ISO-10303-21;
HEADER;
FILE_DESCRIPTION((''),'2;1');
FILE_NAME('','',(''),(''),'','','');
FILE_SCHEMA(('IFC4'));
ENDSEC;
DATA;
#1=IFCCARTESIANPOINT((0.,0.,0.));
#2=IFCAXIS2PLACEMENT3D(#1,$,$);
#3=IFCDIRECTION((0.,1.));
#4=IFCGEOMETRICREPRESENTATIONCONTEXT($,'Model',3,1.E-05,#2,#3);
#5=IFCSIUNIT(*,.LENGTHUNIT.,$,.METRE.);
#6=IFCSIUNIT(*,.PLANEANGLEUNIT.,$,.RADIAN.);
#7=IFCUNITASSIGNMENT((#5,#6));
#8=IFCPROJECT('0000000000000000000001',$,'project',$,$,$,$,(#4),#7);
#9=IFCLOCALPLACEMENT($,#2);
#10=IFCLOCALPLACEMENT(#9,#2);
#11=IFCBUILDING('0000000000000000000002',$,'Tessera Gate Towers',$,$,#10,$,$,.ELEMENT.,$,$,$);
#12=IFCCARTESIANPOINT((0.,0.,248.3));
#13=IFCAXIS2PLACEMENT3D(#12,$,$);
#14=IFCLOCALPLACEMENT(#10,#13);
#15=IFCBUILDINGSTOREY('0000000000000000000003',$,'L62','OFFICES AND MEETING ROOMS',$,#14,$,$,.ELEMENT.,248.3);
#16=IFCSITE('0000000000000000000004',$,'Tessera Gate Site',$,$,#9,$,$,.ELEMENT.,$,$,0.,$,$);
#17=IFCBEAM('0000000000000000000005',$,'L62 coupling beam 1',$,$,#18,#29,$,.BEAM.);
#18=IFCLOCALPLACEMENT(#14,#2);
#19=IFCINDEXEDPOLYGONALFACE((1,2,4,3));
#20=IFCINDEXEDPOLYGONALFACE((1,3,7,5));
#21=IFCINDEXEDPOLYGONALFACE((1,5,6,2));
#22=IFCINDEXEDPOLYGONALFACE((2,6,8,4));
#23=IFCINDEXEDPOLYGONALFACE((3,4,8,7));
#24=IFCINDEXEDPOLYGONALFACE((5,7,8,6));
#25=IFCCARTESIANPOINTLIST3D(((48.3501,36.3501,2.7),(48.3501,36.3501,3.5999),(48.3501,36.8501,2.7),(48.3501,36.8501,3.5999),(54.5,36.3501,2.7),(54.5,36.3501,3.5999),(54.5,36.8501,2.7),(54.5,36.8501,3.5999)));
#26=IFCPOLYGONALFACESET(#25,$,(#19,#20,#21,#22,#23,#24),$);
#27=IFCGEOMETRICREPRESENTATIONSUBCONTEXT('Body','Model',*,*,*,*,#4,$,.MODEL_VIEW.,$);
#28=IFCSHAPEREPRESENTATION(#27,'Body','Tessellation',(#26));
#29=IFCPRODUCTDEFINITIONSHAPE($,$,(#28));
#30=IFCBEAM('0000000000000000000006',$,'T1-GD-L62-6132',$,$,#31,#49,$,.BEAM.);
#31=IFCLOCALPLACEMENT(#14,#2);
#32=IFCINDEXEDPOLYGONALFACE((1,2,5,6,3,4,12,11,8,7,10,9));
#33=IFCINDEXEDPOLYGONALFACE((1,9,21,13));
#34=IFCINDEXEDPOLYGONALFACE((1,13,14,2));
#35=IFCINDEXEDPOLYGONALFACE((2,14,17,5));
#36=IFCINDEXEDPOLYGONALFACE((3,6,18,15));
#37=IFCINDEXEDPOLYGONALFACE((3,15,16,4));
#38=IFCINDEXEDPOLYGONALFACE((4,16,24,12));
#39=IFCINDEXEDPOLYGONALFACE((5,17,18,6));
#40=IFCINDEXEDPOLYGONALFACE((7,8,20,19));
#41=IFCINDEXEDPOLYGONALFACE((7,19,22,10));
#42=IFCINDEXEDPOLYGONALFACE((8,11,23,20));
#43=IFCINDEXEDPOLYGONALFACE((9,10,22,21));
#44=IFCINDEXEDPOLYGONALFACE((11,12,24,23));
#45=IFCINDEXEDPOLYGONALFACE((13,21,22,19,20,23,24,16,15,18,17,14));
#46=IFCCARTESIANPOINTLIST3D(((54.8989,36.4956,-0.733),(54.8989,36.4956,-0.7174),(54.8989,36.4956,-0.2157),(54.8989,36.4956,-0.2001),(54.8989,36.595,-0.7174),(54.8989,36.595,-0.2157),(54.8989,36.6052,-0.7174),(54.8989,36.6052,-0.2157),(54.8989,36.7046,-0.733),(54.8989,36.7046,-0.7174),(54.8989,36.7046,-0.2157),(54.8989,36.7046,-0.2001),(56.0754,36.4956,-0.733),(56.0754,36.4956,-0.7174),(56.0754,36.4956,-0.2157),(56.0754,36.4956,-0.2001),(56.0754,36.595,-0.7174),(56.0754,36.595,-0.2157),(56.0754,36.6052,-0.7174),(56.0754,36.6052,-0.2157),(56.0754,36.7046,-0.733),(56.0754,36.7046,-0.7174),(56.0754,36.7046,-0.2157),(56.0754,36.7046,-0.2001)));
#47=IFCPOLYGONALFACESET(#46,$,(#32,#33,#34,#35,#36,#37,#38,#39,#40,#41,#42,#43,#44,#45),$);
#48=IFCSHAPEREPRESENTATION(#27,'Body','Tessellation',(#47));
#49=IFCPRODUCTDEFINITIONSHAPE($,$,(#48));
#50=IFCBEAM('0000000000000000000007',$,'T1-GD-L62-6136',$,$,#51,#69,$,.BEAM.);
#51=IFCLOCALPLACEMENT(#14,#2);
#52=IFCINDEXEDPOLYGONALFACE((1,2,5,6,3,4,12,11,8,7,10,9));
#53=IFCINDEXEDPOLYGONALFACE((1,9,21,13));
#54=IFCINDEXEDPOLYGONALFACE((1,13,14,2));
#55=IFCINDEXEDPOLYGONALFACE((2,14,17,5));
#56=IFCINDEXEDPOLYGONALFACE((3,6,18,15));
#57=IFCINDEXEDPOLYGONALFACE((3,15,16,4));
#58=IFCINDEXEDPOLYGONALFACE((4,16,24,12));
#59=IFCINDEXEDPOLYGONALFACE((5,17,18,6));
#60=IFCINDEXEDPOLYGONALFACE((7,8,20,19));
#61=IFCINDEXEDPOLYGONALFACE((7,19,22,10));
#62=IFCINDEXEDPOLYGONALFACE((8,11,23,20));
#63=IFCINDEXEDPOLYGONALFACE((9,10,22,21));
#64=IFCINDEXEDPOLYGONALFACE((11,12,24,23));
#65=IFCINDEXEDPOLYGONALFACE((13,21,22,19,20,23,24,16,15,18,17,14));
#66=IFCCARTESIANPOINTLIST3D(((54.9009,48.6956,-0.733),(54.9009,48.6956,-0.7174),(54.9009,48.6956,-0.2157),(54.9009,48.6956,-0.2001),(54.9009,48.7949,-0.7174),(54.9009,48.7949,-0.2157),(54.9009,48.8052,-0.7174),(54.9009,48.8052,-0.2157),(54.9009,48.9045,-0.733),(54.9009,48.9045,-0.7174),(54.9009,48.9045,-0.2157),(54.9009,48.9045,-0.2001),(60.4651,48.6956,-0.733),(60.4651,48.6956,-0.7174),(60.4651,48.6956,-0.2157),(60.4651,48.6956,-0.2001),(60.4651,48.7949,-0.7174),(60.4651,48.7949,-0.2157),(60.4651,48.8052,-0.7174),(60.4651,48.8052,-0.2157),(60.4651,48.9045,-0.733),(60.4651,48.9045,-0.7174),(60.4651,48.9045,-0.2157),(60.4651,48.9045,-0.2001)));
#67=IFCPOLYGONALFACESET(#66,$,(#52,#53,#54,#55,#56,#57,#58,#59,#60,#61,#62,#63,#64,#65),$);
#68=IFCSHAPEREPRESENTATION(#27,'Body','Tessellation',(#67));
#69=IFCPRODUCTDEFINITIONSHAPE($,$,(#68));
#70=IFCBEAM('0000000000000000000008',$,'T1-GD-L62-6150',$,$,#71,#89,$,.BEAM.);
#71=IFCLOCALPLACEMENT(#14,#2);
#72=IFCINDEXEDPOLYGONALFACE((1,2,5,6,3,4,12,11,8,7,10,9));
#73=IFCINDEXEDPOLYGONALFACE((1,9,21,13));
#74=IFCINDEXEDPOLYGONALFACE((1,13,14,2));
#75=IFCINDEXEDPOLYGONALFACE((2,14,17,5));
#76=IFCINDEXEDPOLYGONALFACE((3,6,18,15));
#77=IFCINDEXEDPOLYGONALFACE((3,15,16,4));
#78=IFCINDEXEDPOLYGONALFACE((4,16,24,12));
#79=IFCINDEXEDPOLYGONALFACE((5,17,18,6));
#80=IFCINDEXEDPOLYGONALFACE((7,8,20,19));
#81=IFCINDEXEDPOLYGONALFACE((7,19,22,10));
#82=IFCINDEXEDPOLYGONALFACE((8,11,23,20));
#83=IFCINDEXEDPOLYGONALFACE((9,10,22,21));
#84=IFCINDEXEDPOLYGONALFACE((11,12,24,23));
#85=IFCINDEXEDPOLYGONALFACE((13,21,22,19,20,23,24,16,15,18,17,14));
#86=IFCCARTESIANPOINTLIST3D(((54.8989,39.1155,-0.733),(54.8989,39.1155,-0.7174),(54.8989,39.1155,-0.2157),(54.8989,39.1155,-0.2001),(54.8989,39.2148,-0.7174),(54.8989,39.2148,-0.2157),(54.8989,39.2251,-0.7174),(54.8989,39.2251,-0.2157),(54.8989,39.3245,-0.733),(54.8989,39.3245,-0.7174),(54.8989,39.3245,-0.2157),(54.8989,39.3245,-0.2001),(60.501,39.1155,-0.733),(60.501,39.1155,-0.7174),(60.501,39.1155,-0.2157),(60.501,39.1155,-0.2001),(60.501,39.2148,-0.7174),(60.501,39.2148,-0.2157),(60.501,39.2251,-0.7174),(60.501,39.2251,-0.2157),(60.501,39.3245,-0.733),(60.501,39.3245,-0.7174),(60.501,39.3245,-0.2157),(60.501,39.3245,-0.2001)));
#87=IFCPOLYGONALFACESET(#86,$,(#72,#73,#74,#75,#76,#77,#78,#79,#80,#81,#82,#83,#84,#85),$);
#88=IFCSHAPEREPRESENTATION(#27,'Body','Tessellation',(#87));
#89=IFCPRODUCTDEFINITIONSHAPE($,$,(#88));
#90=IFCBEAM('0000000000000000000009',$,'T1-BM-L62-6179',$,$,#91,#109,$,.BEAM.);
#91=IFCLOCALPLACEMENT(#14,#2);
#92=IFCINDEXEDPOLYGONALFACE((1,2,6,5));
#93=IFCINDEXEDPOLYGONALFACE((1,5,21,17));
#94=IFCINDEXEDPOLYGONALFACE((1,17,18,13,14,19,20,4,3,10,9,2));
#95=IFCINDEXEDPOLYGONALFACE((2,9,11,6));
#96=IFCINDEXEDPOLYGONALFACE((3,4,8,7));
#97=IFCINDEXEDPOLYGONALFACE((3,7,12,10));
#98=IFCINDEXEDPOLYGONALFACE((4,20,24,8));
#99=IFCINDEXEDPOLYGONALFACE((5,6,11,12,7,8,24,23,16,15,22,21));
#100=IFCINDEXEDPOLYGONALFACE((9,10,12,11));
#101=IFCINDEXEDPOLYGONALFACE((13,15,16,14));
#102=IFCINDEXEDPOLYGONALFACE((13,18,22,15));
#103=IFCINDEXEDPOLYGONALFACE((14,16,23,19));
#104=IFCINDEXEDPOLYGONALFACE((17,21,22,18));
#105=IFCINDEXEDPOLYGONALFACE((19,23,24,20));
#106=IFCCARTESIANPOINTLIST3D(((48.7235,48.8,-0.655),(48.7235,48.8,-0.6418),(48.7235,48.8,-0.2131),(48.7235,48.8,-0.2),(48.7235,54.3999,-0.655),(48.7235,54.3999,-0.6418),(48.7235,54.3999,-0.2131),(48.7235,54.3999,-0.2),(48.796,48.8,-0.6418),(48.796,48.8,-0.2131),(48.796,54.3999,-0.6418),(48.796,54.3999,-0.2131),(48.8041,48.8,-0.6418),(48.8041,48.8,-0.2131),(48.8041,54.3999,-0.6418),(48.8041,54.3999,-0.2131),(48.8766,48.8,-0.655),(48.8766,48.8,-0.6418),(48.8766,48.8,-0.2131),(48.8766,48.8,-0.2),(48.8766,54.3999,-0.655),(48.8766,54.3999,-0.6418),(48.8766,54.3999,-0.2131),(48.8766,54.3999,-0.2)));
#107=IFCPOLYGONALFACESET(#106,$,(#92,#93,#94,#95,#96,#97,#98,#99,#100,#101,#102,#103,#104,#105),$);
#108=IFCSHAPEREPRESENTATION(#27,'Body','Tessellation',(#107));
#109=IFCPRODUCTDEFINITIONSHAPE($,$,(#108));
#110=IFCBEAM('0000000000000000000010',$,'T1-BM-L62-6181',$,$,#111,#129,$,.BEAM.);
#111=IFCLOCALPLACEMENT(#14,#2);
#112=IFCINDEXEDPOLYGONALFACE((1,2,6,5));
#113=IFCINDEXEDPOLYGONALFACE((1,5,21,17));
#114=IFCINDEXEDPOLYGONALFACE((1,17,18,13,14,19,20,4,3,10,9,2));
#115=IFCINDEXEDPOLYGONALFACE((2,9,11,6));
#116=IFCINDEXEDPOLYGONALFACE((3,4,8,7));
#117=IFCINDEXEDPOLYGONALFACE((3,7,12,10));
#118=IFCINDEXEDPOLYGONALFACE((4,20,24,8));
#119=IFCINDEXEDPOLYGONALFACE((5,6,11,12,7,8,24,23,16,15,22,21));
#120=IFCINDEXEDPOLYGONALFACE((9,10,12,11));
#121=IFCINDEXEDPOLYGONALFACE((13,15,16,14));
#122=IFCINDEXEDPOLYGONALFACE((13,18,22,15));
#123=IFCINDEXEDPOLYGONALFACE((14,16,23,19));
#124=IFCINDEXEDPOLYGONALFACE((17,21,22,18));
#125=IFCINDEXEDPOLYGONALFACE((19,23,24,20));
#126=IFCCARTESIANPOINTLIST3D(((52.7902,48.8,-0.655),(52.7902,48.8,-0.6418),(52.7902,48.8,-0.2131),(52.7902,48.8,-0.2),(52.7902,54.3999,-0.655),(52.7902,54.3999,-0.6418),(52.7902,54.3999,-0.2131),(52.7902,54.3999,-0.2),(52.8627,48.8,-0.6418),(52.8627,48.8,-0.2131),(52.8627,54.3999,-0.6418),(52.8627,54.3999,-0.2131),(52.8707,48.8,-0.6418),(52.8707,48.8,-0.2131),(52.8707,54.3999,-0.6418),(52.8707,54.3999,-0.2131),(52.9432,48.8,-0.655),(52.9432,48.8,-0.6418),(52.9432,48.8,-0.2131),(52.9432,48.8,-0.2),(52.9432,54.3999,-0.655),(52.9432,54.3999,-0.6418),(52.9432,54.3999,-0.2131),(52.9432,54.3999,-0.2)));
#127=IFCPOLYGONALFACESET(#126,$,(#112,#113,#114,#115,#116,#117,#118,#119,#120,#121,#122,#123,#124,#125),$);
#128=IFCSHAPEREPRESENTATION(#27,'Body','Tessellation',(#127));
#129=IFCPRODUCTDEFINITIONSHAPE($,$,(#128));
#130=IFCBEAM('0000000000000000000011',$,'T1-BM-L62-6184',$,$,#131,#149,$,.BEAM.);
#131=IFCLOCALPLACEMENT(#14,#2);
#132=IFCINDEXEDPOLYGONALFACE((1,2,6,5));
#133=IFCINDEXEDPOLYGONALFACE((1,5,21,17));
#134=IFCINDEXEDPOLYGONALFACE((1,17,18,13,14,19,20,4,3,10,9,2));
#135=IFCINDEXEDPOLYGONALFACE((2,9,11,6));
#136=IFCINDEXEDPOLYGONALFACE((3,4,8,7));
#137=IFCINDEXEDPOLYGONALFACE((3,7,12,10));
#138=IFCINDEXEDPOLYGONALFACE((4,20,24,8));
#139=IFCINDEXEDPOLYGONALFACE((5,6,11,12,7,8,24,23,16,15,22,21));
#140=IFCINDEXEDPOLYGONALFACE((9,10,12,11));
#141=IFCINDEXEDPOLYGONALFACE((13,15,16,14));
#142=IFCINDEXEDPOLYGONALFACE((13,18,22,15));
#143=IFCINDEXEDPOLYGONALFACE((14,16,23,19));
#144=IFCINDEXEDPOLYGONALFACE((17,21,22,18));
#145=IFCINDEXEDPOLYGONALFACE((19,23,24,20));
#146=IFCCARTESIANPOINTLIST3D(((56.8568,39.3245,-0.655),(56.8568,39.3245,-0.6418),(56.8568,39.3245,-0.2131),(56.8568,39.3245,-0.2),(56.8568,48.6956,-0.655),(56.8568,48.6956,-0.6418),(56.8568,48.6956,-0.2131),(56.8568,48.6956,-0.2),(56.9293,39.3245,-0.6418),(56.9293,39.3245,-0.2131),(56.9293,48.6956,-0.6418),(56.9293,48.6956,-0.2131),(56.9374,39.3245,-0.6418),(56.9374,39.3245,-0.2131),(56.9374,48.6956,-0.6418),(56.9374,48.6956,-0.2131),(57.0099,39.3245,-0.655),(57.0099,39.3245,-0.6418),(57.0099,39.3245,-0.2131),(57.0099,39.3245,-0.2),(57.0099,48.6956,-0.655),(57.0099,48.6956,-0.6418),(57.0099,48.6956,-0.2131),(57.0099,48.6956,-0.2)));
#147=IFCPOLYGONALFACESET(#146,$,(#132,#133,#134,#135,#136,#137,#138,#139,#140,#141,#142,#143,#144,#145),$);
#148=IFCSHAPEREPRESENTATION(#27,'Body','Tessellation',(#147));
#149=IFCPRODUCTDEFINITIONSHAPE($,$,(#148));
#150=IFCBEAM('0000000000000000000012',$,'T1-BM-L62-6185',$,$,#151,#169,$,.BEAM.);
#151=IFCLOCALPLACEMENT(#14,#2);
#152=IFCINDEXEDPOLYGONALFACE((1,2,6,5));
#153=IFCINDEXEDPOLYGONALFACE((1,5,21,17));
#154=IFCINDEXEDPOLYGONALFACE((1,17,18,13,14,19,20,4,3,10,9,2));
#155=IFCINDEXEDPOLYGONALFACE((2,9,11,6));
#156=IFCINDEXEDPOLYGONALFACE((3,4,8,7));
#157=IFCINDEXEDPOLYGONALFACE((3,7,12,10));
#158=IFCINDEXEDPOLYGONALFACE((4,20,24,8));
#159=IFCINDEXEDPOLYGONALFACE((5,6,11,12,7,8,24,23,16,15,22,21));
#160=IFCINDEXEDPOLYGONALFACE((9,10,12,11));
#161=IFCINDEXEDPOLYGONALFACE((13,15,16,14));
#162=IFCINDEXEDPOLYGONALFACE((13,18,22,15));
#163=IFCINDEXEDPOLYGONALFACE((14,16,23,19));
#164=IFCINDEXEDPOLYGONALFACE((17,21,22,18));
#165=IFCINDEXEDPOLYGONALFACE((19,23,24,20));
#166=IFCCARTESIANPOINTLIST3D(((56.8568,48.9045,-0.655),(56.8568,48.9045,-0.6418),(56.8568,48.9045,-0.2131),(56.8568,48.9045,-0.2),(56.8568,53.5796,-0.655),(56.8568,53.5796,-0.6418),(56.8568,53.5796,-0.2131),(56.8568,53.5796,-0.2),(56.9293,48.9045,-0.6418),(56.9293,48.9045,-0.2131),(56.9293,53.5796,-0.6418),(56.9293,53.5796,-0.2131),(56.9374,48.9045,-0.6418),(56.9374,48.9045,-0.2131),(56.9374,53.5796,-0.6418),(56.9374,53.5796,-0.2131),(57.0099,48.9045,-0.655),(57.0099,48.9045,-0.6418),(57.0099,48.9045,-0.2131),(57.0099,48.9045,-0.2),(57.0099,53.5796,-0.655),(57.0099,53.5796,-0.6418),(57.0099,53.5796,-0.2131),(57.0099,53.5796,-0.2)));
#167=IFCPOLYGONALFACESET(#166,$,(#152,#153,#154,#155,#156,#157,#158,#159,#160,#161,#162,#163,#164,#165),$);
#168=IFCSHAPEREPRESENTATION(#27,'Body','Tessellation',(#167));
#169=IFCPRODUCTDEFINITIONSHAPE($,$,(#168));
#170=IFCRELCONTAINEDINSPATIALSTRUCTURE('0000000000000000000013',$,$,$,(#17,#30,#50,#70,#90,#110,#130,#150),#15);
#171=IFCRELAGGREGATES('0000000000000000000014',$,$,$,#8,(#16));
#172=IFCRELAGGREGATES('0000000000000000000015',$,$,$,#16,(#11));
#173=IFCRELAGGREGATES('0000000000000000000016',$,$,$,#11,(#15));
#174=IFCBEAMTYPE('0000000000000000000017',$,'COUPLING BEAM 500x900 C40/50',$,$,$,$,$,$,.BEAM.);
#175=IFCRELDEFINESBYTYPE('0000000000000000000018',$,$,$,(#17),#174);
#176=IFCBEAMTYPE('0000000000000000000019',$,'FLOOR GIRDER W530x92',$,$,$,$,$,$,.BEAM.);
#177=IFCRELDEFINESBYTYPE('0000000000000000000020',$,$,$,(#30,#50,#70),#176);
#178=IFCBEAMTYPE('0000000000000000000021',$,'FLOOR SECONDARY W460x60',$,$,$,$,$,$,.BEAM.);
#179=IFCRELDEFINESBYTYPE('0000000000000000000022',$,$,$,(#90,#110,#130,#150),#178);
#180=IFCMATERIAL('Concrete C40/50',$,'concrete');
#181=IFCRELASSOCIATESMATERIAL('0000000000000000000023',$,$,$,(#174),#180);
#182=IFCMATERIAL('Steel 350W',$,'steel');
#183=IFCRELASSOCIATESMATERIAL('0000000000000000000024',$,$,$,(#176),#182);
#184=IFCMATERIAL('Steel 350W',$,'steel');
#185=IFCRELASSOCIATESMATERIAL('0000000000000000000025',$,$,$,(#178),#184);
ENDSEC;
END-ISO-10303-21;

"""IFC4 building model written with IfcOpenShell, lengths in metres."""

from ifc_helpers import new_model, si_unit, direction, frame, origin, origin_2d, place, context, subcontext, project, spatial, rectangle, i_section, extrude, material, material_profile, profile_set, type_object, element, save


model = new_model("IFC4")

# Units and contexts
model_context = context("Model", 3, precision=1e-05, world=origin(), true_north=direction((0.0, 1.0)))
body_context = subcontext(model_context, "Body", "Model", "MODEL_VIEW")
ifc_project = project(units=[si_unit("LENGTHUNIT", "METRE"), si_unit("PLANEANGLEUNIT", "RADIAN")], contexts=[model_context])

# Site, building, storey
site_placement = place(None, origin())
site = spatial("IfcSite", under=ifc_project, at=site_placement, Name="Tessera Gate Site", CompositionType="ELEMENT", RefElevation=0.0)
building_placement = place(site_placement, origin())
building = spatial("IfcBuilding", under=site, at=building_placement, Name="Tessera Gate Towers", CompositionType="ELEMENT")
storey_placement = place(building_placement, frame((0.0, 0.0, 248.3)))
storey = spatial("IfcBuildingStorey", under=building, at=storey_placement, Name="L62", Description="OFFICES AND MEETING ROOMS", CompositionType="ELEMENT", Elevation=248.3)

# Beams
ifc_material_1 = material(Name="Concrete C40/50", Category="concrete")
ifc_material_profile_1 = material_profile(ifc_material_1, rectangle(XDim=0.5, YDim=0.8999, at=origin_2d()), Name="RC 500x900")
ifc_profile_set_1 = profile_set([ifc_material_profile_1], Name="Concrete C40/50")
beam_type_1 = type_object("IfcBeamType", Name="COUPLING BEAM 500x900 C40/50", PredefinedType="BEAM", material=ifc_profile_set_1)
beam_1_placement = place(storey_placement, frame((48.3501, 36.6001, 3.1499), z_axis=(1.0, 0.0, 0.0), x_axis=(0.0, 1.0, 0.0)))
element("IfcBeam", 1, at=beam_1_placement, inside=storey, type_object=beam_type_1, Name="L62 coupling beam 1", PredefinedType="BEAM", context=body_context, shape_type="SweptSolid", body=[
    extrude(rectangle(XDim=0.5, YDim=0.8999, at=origin_2d()), origin(), (0.0, 0.0, 1.0), 6.1499),
])
ifc_material_2 = material(Name="Steel 350W", Category="steel")
ifc_material_profile_2 = material_profile(ifc_material_2, i_section(OverallWidth=0.209, OverallDepth=0.533, WebThickness=0.0103, FlangeThickness=0.0156, at=origin_2d()), Name="W530x92")
ifc_profile_set_2 = profile_set([ifc_material_profile_2], Name="Steel 350W")
beam_type_2 = type_object("IfcBeamType", Name="FLOOR GIRDER W530x92", PredefinedType="BEAM", material=ifc_profile_set_2)
beam_2_placement = place(storey_placement, frame((54.8989, 36.6001, -0.4666), z_axis=(1.0, 0.0, 0.0), x_axis=(0.0, 1.0, 0.0)))
element("IfcBeam", 2, at=beam_2_placement, inside=storey, type_object=beam_type_2, Name="T1-GD-L62-6132", PredefinedType="BEAM", context=body_context, shape_type="SweptSolid", body=[
    extrude(i_section(OverallWidth=0.209, OverallDepth=0.533, WebThickness=0.0103, FlangeThickness=0.0156, at=origin_2d()), origin(), (0.0, 0.0, 1.0), 1.1765),
])
beam_3_placement = place(storey_placement, frame((54.9009, 48.8, -0.4666), z_axis=(1.0, 0.0, 0.0), x_axis=(0.0, 1.0, 0.0)))
element("IfcBeam", 3, at=beam_3_placement, inside=storey, type_object=beam_type_2, Name="T1-GD-L62-6136", PredefinedType="BEAM", context=body_context, shape_type="SweptSolid", body=[
    extrude(i_section(OverallWidth=0.209, OverallDepth=0.533, WebThickness=0.0103, FlangeThickness=0.0156, at=origin_2d()), origin(), (0.0, 0.0, 1.0), 5.5642),
])
beam_4_placement = place(storey_placement, frame((54.8989, 39.22, -0.4666), z_axis=(1.0, 0.0, 0.0), x_axis=(0.0, 1.0, 0.0)))
element("IfcBeam", 4, at=beam_4_placement, inside=storey, type_object=beam_type_2, Name="T1-GD-L62-6150", PredefinedType="BEAM", context=body_context, shape_type="SweptSolid", body=[
    extrude(i_section(OverallWidth=0.209, OverallDepth=0.533, WebThickness=0.0103, FlangeThickness=0.0156, at=origin_2d()), origin(), (0.0, 0.0, 1.0), 5.6021),
])
ifc_material_3 = material(Name="Steel 350W", Category="steel")
ifc_material_profile_3 = material_profile(ifc_material_3, i_section(OverallWidth=0.1531, OverallDepth=0.4551, WebThickness=0.0081, FlangeThickness=0.0132, at=origin_2d()), Name="W460x60")
ifc_profile_set_3 = profile_set([ifc_material_profile_3], Name="Steel 350W")
beam_type_3 = type_object("IfcBeamType", Name="FLOOR SECONDARY W460x60", PredefinedType="BEAM", material=ifc_profile_set_3)
for number, where, z_axis, x_axis, name in (
    (5, (48.8, 48.8, -0.4275), (0.0, 1.0, 0.0), (-1.0, 0.0, 0.0), "T1-BM-L62-6179"),
    (6, (52.8667, 48.8, -0.4275), (0.0, 1.0, 0.0), (-1.0, 0.0, 0.0), "T1-BM-L62-6181"),
):
    element("IfcBeam", number, at=place(storey_placement, frame(where, z_axis=z_axis, x_axis=x_axis)), inside=storey, type_object=beam_type_3, Name=name, PredefinedType="BEAM", context=body_context, shape_type="SweptSolid", body=[
        extrude(i_section(OverallWidth=0.1531, OverallDepth=0.4551, WebThickness=0.0081, FlangeThickness=0.0132, at=origin_2d()), origin(), (0.0, 0.0, 1.0), 5.5999),
    ])
beam_5_placement = place(storey_placement, frame((56.9333, 39.3245, -0.4275), z_axis=(0.0, 1.0, 0.0), x_axis=(-1.0, 0.0, 0.0)))
element("IfcBeam", 7, at=beam_5_placement, inside=storey, type_object=beam_type_3, Name="T1-BM-L62-6184", PredefinedType="BEAM", context=body_context, shape_type="SweptSolid", body=[
    extrude(i_section(OverallWidth=0.1531, OverallDepth=0.4551, WebThickness=0.0081, FlangeThickness=0.0132, at=origin_2d()), origin(), (0.0, 0.0, 1.0), 9.3711),
])
beam_6_placement = place(storey_placement, frame((56.9333, 48.9045, -0.4275), z_axis=(0.0, 1.0, 0.0), x_axis=(-1.0, 0.0, 0.0)))
element("IfcBeam", 8, at=beam_6_placement, inside=storey, type_object=beam_type_3, Name="T1-BM-L62-6185", PredefinedType="BEAM", context=body_context, shape_type="SweptSolid", body=[
    extrude(i_section(OverallWidth=0.1531, OverallDepth=0.4551, WebThickness=0.0081, FlangeThickness=0.0132, at=origin_2d()), origin(), (0.0, 0.0, 1.0), 4.675),
])

save(model, "model.ifc")
